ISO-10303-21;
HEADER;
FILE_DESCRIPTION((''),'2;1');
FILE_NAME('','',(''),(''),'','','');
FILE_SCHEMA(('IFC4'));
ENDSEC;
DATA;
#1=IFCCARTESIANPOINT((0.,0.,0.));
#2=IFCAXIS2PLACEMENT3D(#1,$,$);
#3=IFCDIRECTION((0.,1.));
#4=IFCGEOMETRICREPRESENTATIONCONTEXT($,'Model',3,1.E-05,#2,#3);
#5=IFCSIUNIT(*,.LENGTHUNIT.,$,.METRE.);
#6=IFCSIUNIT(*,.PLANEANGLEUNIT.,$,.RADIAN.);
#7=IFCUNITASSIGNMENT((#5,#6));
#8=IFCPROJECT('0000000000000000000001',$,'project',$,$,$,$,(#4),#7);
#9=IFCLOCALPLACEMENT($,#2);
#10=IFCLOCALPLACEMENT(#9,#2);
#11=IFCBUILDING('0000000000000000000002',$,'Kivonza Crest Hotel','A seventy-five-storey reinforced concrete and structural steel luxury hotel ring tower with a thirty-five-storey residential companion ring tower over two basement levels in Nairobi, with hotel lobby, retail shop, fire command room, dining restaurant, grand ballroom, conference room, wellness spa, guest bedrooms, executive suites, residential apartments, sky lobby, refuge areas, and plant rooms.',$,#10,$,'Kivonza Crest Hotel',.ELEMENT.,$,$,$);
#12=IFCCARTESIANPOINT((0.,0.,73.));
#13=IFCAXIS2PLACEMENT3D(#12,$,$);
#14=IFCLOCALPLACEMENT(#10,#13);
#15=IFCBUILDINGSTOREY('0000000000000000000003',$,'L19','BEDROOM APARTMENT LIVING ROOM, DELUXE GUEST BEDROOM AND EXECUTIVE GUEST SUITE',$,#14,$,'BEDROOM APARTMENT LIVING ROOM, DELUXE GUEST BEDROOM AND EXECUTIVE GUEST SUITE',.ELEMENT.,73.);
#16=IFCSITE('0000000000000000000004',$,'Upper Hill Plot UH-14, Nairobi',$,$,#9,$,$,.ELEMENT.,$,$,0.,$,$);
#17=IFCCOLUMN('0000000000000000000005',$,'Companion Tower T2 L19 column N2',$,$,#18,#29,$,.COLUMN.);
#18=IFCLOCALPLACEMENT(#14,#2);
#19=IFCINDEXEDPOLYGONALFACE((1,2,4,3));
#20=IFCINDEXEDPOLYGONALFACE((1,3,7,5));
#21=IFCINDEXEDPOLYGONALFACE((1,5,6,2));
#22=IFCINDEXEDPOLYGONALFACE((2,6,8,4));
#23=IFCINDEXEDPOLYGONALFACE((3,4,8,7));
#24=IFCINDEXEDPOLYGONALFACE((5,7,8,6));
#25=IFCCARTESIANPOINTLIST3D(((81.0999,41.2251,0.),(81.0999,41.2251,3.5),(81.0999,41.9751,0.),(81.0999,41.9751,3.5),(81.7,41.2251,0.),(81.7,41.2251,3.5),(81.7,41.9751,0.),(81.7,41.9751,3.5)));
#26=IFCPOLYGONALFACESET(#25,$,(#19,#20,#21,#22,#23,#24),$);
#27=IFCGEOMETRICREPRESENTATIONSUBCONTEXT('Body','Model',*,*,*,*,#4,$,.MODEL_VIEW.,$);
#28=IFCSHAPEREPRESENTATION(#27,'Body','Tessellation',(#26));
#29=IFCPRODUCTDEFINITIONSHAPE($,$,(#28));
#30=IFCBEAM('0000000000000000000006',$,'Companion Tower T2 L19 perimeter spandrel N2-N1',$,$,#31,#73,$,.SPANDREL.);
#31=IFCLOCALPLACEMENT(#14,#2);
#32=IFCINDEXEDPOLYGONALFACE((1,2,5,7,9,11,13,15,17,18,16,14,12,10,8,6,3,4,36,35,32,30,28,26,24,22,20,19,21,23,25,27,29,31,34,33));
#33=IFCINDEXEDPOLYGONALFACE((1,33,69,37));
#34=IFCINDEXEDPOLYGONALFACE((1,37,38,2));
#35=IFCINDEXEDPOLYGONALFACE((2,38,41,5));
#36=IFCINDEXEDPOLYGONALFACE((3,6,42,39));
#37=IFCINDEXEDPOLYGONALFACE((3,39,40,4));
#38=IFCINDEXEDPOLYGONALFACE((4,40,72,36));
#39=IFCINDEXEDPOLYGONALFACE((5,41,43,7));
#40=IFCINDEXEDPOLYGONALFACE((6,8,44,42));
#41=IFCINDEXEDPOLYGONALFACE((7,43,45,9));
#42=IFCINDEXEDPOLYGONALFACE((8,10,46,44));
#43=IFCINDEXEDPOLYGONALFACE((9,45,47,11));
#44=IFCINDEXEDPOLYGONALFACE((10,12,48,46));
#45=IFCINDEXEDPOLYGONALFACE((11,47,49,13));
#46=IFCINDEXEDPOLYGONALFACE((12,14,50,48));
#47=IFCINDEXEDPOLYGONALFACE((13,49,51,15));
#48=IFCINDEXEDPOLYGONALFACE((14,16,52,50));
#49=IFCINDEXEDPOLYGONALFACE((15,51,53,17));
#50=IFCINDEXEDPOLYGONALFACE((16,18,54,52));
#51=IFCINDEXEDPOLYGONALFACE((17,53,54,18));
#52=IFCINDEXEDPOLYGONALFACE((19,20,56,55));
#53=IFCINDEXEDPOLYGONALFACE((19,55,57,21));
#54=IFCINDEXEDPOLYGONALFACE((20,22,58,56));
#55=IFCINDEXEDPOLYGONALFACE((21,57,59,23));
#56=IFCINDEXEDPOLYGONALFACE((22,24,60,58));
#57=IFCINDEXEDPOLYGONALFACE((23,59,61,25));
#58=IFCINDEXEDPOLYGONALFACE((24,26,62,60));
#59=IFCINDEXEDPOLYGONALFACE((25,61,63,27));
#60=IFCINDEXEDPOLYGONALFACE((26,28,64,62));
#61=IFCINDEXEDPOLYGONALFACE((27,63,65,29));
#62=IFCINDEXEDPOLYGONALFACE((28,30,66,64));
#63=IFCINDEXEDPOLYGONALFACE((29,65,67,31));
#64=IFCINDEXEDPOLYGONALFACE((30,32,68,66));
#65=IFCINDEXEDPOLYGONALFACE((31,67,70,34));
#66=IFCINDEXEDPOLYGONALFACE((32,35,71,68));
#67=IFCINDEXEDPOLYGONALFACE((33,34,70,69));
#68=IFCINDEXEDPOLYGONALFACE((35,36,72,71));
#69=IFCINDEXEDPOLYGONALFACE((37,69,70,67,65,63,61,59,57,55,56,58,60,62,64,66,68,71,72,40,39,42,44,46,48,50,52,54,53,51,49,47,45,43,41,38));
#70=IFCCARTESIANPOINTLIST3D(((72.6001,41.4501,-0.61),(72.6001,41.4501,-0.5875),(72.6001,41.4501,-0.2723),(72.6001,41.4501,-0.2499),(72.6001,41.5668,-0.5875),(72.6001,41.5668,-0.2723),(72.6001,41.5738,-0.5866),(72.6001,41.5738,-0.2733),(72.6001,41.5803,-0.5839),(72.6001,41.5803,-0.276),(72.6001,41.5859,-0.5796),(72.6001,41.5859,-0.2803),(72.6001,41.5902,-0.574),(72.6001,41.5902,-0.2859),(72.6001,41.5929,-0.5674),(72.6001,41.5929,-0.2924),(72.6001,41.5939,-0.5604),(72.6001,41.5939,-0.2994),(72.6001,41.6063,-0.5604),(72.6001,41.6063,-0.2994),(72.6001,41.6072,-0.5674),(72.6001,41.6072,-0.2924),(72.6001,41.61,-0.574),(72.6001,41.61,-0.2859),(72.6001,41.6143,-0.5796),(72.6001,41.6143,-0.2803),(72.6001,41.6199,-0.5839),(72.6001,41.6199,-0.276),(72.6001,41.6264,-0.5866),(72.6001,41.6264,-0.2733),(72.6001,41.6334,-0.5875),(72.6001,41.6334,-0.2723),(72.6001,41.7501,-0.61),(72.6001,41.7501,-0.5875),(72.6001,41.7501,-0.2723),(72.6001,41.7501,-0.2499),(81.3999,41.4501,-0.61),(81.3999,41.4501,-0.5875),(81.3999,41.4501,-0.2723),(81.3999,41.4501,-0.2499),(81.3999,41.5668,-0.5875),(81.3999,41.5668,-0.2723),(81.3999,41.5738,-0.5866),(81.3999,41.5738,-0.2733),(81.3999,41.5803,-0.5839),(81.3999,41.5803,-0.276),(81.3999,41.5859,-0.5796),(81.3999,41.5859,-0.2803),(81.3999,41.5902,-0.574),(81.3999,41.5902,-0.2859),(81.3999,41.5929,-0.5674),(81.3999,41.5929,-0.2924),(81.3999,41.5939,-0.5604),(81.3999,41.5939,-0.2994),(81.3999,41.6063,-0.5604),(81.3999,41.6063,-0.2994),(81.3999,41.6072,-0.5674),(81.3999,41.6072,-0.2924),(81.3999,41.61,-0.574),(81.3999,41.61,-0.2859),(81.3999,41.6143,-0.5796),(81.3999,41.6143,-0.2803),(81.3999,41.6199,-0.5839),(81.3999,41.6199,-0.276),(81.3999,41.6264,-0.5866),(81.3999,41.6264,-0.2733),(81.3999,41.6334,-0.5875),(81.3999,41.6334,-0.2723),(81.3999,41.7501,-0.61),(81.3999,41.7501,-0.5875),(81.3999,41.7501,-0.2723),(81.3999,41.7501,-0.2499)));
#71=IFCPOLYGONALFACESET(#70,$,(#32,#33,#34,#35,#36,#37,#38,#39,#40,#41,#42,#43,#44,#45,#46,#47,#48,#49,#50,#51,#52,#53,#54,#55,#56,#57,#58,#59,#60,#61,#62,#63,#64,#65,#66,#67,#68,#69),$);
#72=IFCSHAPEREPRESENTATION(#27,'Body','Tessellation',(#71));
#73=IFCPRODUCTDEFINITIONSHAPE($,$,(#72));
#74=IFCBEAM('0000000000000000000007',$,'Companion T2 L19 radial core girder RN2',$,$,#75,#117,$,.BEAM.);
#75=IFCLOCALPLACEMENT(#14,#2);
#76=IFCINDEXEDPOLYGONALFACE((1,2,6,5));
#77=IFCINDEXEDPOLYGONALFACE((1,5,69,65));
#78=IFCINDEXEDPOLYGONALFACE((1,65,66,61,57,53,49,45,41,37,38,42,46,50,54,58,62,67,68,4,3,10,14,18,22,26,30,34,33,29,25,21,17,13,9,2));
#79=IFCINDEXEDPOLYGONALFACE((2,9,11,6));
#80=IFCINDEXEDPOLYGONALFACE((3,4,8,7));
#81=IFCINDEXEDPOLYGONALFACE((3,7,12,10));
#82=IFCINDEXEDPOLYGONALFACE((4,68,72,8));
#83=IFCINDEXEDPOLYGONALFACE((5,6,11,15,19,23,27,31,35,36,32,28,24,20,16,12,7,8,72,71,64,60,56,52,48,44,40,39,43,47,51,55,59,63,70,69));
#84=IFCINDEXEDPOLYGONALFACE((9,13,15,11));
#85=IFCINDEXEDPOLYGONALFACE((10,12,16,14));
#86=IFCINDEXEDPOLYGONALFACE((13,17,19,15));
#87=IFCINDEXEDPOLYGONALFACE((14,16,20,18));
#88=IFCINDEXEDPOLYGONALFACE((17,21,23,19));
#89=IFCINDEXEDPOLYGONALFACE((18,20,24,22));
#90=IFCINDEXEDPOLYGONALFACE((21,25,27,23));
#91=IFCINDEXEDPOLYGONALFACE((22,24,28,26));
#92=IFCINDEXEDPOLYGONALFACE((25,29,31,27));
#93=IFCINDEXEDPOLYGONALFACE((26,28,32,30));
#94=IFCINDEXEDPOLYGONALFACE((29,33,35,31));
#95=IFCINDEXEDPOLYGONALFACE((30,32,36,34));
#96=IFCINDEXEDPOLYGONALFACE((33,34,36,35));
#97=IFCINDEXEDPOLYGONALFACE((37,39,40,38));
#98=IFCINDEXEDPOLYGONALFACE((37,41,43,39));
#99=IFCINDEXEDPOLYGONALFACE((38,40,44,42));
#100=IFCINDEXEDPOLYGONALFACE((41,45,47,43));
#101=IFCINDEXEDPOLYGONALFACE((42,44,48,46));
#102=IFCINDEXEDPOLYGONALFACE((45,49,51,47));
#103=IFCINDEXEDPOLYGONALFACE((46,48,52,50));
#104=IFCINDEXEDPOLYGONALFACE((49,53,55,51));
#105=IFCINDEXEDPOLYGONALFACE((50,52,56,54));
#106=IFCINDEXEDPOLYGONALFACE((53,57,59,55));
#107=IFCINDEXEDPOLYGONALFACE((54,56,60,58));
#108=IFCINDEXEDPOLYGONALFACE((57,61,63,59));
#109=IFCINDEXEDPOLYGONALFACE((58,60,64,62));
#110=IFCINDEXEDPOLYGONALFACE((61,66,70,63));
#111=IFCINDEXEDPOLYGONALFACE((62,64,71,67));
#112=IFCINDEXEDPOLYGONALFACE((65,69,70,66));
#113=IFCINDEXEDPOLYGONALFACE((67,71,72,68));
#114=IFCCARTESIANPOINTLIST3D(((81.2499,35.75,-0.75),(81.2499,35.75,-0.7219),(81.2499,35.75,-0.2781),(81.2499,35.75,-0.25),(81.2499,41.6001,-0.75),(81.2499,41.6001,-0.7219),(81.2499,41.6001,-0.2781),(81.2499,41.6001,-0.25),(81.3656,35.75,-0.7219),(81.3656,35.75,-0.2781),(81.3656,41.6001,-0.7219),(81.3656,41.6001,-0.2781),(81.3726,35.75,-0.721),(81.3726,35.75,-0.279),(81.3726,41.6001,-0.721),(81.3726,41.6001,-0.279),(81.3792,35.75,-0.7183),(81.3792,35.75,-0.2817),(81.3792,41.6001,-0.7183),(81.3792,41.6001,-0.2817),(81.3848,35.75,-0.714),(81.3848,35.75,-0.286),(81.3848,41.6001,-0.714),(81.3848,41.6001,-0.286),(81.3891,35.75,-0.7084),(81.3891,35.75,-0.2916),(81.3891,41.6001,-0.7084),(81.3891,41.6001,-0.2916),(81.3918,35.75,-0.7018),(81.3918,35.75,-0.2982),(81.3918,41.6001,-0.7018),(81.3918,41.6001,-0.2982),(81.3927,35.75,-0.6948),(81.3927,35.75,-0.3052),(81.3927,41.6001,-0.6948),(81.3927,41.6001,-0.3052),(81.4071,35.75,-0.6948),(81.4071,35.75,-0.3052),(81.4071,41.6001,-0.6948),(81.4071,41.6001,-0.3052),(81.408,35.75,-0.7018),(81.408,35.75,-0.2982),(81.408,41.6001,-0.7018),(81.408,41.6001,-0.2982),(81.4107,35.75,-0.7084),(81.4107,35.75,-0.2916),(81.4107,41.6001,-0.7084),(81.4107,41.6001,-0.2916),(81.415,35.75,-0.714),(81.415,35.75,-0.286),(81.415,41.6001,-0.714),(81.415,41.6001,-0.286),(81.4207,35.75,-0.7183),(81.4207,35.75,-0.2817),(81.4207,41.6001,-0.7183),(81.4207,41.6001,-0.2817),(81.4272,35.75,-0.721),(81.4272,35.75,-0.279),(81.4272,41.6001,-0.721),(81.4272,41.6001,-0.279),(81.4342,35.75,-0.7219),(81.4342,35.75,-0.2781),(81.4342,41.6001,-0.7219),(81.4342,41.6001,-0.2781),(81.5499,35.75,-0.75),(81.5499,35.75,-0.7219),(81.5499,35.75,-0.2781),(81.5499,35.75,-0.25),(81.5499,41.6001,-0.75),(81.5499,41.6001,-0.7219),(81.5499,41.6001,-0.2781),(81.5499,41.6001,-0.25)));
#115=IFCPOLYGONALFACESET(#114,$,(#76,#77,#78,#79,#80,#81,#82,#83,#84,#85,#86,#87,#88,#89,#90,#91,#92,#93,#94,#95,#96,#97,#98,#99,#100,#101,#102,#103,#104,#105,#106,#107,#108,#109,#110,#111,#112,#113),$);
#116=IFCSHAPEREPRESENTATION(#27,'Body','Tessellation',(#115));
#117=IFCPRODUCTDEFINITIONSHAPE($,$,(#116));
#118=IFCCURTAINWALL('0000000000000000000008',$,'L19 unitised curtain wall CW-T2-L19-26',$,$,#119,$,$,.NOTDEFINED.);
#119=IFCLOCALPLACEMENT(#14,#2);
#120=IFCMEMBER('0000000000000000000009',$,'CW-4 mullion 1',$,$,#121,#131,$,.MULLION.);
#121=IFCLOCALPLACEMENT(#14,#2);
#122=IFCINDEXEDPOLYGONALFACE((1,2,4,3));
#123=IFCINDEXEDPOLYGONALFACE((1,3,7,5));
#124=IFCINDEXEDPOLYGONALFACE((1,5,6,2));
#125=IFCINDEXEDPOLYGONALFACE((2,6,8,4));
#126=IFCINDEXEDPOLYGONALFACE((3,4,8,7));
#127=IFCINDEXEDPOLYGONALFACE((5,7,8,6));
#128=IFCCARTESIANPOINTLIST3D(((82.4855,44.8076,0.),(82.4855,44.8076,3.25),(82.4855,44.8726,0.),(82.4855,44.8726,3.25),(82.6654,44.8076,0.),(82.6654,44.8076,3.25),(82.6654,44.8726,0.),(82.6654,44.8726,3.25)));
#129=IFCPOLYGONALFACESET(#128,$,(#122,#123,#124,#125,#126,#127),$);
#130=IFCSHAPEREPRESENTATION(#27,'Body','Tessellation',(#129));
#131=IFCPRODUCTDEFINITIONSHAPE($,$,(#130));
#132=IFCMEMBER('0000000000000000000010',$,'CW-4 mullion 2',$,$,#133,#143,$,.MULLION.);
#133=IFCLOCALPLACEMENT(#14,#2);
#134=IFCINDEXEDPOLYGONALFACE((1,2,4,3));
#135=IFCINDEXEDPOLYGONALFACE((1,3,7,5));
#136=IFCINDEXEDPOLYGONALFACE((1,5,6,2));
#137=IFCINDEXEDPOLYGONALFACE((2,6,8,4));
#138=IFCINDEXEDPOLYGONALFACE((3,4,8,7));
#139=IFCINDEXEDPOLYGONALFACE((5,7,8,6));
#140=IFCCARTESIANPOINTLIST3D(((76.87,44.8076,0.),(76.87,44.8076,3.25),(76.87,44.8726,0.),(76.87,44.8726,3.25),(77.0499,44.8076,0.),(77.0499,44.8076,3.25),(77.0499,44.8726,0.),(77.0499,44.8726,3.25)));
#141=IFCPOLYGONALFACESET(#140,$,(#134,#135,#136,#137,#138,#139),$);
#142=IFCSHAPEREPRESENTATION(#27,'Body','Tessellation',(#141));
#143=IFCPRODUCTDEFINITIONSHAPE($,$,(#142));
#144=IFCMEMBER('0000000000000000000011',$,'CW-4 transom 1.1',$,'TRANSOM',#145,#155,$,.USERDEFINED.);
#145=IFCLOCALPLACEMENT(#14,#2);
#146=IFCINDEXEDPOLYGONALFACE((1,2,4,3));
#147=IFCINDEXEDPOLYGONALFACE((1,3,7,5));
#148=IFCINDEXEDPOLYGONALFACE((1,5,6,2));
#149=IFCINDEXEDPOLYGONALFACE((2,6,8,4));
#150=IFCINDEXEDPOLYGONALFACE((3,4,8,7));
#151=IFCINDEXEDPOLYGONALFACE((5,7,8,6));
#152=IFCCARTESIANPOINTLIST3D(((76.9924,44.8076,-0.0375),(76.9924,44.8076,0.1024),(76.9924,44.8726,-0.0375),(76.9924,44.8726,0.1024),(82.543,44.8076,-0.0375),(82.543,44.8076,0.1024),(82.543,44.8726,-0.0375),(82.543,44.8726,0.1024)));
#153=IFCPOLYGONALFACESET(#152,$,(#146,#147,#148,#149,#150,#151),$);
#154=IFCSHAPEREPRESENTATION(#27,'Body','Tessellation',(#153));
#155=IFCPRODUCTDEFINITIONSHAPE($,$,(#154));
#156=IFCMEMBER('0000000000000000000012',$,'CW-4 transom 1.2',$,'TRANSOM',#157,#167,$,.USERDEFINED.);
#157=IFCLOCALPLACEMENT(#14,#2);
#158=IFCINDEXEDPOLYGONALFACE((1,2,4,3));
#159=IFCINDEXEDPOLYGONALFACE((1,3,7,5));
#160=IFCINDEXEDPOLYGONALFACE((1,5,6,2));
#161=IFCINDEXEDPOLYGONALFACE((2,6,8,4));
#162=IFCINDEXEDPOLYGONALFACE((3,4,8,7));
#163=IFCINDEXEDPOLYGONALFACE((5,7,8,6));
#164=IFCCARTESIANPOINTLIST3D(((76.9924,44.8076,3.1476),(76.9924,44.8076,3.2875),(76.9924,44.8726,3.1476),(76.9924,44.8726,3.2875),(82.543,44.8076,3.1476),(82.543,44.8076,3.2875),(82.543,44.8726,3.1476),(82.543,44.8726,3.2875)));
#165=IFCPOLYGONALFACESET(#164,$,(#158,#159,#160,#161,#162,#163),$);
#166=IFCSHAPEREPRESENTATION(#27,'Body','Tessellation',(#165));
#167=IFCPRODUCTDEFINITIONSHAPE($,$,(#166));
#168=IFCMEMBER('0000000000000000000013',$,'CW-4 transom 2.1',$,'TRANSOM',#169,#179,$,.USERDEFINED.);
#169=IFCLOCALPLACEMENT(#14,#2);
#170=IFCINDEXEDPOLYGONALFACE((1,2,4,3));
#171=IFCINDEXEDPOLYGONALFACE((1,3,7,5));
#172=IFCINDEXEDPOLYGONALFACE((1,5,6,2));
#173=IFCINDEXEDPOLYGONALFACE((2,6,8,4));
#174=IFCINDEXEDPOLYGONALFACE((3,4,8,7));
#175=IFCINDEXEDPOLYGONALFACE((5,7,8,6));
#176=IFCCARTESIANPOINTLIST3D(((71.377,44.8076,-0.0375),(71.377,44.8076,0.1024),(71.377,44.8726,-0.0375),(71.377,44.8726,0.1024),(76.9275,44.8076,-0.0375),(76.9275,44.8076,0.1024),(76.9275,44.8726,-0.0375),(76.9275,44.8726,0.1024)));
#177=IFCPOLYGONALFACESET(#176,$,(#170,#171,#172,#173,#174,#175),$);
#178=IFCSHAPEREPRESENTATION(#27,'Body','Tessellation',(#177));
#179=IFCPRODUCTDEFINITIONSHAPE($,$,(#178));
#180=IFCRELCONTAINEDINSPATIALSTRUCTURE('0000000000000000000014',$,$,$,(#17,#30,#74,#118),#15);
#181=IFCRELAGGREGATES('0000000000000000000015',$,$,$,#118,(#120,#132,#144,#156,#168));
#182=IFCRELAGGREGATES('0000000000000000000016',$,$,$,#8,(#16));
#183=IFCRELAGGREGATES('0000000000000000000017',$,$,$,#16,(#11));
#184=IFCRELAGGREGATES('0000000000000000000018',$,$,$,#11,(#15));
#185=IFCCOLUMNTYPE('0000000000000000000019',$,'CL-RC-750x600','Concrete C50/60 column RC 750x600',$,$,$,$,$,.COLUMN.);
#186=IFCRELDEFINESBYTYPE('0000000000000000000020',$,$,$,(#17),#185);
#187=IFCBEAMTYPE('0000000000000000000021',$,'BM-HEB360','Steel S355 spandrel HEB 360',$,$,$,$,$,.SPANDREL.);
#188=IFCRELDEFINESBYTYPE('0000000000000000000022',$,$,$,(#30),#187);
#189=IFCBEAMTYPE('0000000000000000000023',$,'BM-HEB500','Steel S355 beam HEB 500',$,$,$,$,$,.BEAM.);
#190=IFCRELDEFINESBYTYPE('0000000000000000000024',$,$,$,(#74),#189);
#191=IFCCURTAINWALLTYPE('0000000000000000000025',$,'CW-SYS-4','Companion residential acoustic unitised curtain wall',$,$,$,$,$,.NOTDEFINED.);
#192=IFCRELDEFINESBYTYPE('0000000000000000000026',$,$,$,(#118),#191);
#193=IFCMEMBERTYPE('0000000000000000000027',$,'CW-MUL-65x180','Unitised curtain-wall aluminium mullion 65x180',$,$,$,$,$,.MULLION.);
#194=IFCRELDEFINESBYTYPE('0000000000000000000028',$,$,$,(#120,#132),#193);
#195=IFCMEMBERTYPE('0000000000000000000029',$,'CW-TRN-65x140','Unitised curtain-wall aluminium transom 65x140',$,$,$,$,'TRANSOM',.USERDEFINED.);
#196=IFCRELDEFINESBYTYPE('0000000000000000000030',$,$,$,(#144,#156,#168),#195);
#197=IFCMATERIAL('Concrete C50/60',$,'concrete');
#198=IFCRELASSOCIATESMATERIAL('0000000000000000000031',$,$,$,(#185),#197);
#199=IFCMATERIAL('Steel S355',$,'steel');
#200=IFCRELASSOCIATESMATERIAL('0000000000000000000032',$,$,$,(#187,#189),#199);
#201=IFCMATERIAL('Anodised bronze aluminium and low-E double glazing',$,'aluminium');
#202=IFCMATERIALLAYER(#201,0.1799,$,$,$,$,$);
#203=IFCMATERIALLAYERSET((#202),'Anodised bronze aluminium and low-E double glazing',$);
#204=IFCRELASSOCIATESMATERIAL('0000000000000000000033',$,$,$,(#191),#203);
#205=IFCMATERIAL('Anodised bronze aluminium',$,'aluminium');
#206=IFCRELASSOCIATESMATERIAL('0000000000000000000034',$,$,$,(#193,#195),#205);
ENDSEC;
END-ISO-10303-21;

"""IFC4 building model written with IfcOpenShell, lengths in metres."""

from ifc_helpers import new_model, si_unit, direction, frame, origin, origin_2d, place, context, subcontext, project, spatial, rectangle, i_section, extrude, material, layer, layer_set, material_profile, profile_set, type_object, element, aggregate, save


model = new_model("IFC4")

# Units and contexts
model_context = context("Model", 3, precision=1e-05, world=origin(), true_north=direction((0.0, 1.0)))
body_context = subcontext(model_context, "Body", "Model", "MODEL_VIEW")
ifc_project = project(units=[si_unit("LENGTHUNIT", "METRE"), si_unit("PLANEANGLEUNIT", "RADIAN")], contexts=[model_context])

# Site, building, storey
site_placement = place(None, origin())
site = spatial("IfcSite", under=ifc_project, at=site_placement, Name="Upper Hill Plot UH-14, Nairobi", CompositionType="ELEMENT", RefElevation=0.0)
building_placement = place(site_placement, origin())
building = spatial("IfcBuilding", under=site, at=building_placement, Name="Kivonza Crest Hotel", Description="A seventy-five-storey reinforced concrete and structural steel luxury hotel ring tower with a thirty-five-storey residential companion ring tower over two basement levels in Nairobi, with hotel lobby, retail shop, fire command room, dining restaurant, grand ballroom, conference room, wellness spa, guest bedrooms, executive suites, residential apartments, sky lobby, refuge areas, and plant rooms.", LongName="Kivonza Crest Hotel", CompositionType="ELEMENT")
storey_placement = place(building_placement, frame((0.0, 0.0, 73.0)))
storey = spatial("IfcBuildingStorey", under=building, at=storey_placement, Name="L19", Description="BEDROOM APARTMENT LIVING ROOM, DELUXE GUEST BEDROOM AND EXECUTIVE GUEST SUITE", LongName="BEDROOM APARTMENT LIVING ROOM, DELUXE GUEST BEDROOM AND EXECUTIVE GUEST SUITE", CompositionType="ELEMENT", Elevation=73.0)

# Column
ifc_material_1 = material(Name="Concrete C50/60", Category="concrete")
ifc_material_profile_1 = material_profile(ifc_material_1, rectangle(XDim=0.6001, YDim=0.75, at=origin_2d()), Name="RC 750x600")
ifc_profile_set_1 = profile_set([ifc_material_profile_1], Name="Concrete C50/60")
column_type = type_object("IfcColumnType", Name="CL-RC-750x600", Description="Concrete C50/60 column RC 750x600", PredefinedType="COLUMN", material=ifc_profile_set_1)
column_placement = place(storey_placement, frame((81.3999, 41.6001, 0.0), z_axis=(0.0, 0.0, 1.0), x_axis=(1.0, 0.0, 0.0)))
element("IfcColumn", 1, at=column_placement, inside=storey, type_object=column_type, Name="Companion Tower T2 L19 column N2", PredefinedType="COLUMN", context=body_context, shape_type="SweptSolid", body=[
    extrude(rectangle(XDim=0.6001, YDim=0.75, at=origin_2d()), origin(), (0.0, 0.0, 1.0), 3.5),
])

# Beams
ifc_material_2 = material(Name="Steel S355", Category="steel")
ifc_material_profile_2 = material_profile(ifc_material_2, i_section(OverallWidth=0.3, OverallDepth=0.3601, WebThickness=0.0125, FlangeThickness=0.0225, FilletRadius=0.0271, at=origin_2d()), Name="HEB 360")
ifc_profile_set_2 = profile_set([ifc_material_profile_2], Name="Steel S355")
beam_type_1 = type_object("IfcBeamType", Name="BM-HEB360", Description="Steel S355 spandrel HEB 360", PredefinedType="SPANDREL", material=ifc_profile_set_2)
beam_1_placement = place(storey_placement, frame((81.3999, 41.6001, -0.4299), z_axis=(-1.0, 0.0, 0.0), x_axis=(0.0, -1.0, 0.0)))
element("IfcBeam", 2, at=beam_1_placement, inside=storey, type_object=beam_type_1, Name="Companion Tower T2 L19 perimeter spandrel N2-N1", PredefinedType="SPANDREL", context=body_context, shape_type="SweptSolid", body=[
    extrude(i_section(OverallWidth=0.3, OverallDepth=0.3601, WebThickness=0.0125, FlangeThickness=0.0225, FilletRadius=0.0271, at=origin_2d()), origin(), (0.0, 0.0, 1.0), 8.7998),
])
ifc_material_profile_3 = material_profile(ifc_material_2, i_section(OverallWidth=0.3, OverallDepth=0.5, WebThickness=0.0144, FlangeThickness=0.0281, FilletRadius=0.0271, at=origin_2d()), Name="HEB 500")
ifc_profile_set_3 = profile_set([ifc_material_profile_3], Name="Steel S355")
beam_type_2 = type_object("IfcBeamType", Name="BM-HEB500", Description="Steel S355 beam HEB 500", PredefinedType="BEAM", material=ifc_profile_set_3)
beam_2_placement = place(storey_placement, frame((81.3999, 41.6001, -0.5), z_axis=(0.0, -1.0, 0.0), x_axis=(1.0, 0.0, 0.0)))
element("IfcBeam", 3, at=beam_2_placement, inside=storey, type_object=beam_type_2, Name="Companion T2 L19 radial core girder RN2", PredefinedType="BEAM", context=body_context, shape_type="SweptSolid", body=[
    extrude(i_section(OverallWidth=0.3, OverallDepth=0.5, WebThickness=0.0144, FlangeThickness=0.0281, FilletRadius=0.0271, at=origin_2d()), origin(), (0.0, 0.0, 1.0), 5.8501),
])

# Curtain wall, members
ifc_material_3 = material(Name="Anodised bronze aluminium and low-E double glazing", Category="aluminium")
ifc_layer_1 = layer(ifc_material_3, 0.1799)
ifc_layer_set_1 = layer_set([ifc_layer_1], Name="Anodised bronze aluminium and low-E double glazing")
curtain_wall_type = type_object("IfcCurtainWallType", Name="CW-SYS-4", Description="Companion residential acoustic unitised curtain wall", PredefinedType="NOTDEFINED", material=ifc_layer_set_1)
curtain_wall_placement = place(storey_placement, origin())
curtain_wall = element("IfcCurtainWall", 4, at=curtain_wall_placement, inside=storey, type_object=curtain_wall_type, Name="L19 unitised curtain wall CW-T2-L19-26", PredefinedType="NOTDEFINED")
ifc_material_4 = material(Name="Anodised bronze aluminium", Category="aluminium")
ifc_material_profile_4 = material_profile(ifc_material_4, rectangle(XDim=0.0649, YDim=0.1799, at=origin_2d()), Name="CW-M 65x180")
ifc_profile_set_4 = profile_set([ifc_material_profile_4], Name="Anodised bronze aluminium")
member_type_1 = type_object("IfcMemberType", Name="CW-MUL-65x180", Description="Unitised curtain-wall aluminium mullion 65x180", PredefinedType="MULLION", material=ifc_profile_set_4)
member_1_placement = place(storey_placement, frame((82.5754, 44.8401, 0.0), z_axis=(0.0, 0.0, 1.0), x_axis=(0.0, -1.0, 0.0)))
member_1 = element("IfcMember", 5, at=member_1_placement, type_object=member_type_1, Name="CW-4 mullion 1", PredefinedType="MULLION", context=body_context, shape_type="SweptSolid", body=[
    extrude(rectangle(XDim=0.0649, YDim=0.1799, at=origin_2d()), origin(), (0.0, 0.0, 1.0), 3.25),
])
member_2_placement = place(storey_placement, frame((76.96, 44.8401, 0.0), z_axis=(0.0, 0.0, 1.0), x_axis=(0.0, -1.0, 0.0)))
member_2 = element("IfcMember", 6, at=member_2_placement, type_object=member_type_1, Name="CW-4 mullion 2", PredefinedType="MULLION", context=body_context, shape_type="SweptSolid", body=[
    extrude(rectangle(XDim=0.0649, YDim=0.1799, at=origin_2d()), origin(), (0.0, 0.0, 1.0), 3.25),
])
ifc_material_profile_5 = material_profile(ifc_material_4, rectangle(XDim=0.0649, YDim=0.1399, at=origin_2d()), Name="CW-T 65x140")
ifc_profile_set_5 = profile_set([ifc_material_profile_5], Name="Anodised bronze aluminium")
member_type_2 = type_object("IfcMemberType", Name="CW-TRN-65x140", Description="Unitised curtain-wall aluminium transom 65x140", ElementType="TRANSOM", PredefinedType="USERDEFINED", material=ifc_profile_set_5)
member_3_placement = place(storey_placement, frame((82.543, 44.8401, 0.0325), z_axis=(-1.0, 0.0, 0.0), x_axis=(0.0, -1.0, 0.0)))
member_3 = element("IfcMember", 7, at=member_3_placement, type_object=member_type_2, Name="CW-4 transom 1.1", ObjectType="TRANSOM", PredefinedType="USERDEFINED", context=body_context, shape_type="SweptSolid", body=[
    extrude(rectangle(XDim=0.0649, YDim=0.1399, at=origin_2d()), origin(), (0.0, 0.0, 1.0), 5.5505),
])
member_4_placement = place(storey_placement, frame((82.543, 44.8401, 3.2175), z_axis=(-1.0, 0.0, 0.0), x_axis=(0.0, -1.0, 0.0)))
member_4 = element("IfcMember", 8, at=member_4_placement, type_object=member_type_2, Name="CW-4 transom 1.2", ObjectType="TRANSOM", PredefinedType="USERDEFINED", context=body_context, shape_type="SweptSolid", body=[
    extrude(rectangle(XDim=0.0649, YDim=0.1399, at=origin_2d()), origin(), (0.0, 0.0, 1.0), 5.5505),
])
member_5_placement = place(storey_placement, frame((76.9275, 44.8401, 0.0325), z_axis=(-1.0, 0.0, 0.0), x_axis=(0.0, -1.0, 0.0)))
member_5 = element("IfcMember", 9, at=member_5_placement, type_object=member_type_2, Name="CW-4 transom 2.1", ObjectType="TRANSOM", PredefinedType="USERDEFINED", context=body_context, shape_type="SweptSolid", body=[
    extrude(rectangle(XDim=0.0649, YDim=0.1399, at=origin_2d()), origin(), (0.0, 0.0, 1.0), 5.5505),
])
aggregate(curtain_wall, [member_1, member_2, member_3, member_4, member_5])

save(model, "model.ifc")
